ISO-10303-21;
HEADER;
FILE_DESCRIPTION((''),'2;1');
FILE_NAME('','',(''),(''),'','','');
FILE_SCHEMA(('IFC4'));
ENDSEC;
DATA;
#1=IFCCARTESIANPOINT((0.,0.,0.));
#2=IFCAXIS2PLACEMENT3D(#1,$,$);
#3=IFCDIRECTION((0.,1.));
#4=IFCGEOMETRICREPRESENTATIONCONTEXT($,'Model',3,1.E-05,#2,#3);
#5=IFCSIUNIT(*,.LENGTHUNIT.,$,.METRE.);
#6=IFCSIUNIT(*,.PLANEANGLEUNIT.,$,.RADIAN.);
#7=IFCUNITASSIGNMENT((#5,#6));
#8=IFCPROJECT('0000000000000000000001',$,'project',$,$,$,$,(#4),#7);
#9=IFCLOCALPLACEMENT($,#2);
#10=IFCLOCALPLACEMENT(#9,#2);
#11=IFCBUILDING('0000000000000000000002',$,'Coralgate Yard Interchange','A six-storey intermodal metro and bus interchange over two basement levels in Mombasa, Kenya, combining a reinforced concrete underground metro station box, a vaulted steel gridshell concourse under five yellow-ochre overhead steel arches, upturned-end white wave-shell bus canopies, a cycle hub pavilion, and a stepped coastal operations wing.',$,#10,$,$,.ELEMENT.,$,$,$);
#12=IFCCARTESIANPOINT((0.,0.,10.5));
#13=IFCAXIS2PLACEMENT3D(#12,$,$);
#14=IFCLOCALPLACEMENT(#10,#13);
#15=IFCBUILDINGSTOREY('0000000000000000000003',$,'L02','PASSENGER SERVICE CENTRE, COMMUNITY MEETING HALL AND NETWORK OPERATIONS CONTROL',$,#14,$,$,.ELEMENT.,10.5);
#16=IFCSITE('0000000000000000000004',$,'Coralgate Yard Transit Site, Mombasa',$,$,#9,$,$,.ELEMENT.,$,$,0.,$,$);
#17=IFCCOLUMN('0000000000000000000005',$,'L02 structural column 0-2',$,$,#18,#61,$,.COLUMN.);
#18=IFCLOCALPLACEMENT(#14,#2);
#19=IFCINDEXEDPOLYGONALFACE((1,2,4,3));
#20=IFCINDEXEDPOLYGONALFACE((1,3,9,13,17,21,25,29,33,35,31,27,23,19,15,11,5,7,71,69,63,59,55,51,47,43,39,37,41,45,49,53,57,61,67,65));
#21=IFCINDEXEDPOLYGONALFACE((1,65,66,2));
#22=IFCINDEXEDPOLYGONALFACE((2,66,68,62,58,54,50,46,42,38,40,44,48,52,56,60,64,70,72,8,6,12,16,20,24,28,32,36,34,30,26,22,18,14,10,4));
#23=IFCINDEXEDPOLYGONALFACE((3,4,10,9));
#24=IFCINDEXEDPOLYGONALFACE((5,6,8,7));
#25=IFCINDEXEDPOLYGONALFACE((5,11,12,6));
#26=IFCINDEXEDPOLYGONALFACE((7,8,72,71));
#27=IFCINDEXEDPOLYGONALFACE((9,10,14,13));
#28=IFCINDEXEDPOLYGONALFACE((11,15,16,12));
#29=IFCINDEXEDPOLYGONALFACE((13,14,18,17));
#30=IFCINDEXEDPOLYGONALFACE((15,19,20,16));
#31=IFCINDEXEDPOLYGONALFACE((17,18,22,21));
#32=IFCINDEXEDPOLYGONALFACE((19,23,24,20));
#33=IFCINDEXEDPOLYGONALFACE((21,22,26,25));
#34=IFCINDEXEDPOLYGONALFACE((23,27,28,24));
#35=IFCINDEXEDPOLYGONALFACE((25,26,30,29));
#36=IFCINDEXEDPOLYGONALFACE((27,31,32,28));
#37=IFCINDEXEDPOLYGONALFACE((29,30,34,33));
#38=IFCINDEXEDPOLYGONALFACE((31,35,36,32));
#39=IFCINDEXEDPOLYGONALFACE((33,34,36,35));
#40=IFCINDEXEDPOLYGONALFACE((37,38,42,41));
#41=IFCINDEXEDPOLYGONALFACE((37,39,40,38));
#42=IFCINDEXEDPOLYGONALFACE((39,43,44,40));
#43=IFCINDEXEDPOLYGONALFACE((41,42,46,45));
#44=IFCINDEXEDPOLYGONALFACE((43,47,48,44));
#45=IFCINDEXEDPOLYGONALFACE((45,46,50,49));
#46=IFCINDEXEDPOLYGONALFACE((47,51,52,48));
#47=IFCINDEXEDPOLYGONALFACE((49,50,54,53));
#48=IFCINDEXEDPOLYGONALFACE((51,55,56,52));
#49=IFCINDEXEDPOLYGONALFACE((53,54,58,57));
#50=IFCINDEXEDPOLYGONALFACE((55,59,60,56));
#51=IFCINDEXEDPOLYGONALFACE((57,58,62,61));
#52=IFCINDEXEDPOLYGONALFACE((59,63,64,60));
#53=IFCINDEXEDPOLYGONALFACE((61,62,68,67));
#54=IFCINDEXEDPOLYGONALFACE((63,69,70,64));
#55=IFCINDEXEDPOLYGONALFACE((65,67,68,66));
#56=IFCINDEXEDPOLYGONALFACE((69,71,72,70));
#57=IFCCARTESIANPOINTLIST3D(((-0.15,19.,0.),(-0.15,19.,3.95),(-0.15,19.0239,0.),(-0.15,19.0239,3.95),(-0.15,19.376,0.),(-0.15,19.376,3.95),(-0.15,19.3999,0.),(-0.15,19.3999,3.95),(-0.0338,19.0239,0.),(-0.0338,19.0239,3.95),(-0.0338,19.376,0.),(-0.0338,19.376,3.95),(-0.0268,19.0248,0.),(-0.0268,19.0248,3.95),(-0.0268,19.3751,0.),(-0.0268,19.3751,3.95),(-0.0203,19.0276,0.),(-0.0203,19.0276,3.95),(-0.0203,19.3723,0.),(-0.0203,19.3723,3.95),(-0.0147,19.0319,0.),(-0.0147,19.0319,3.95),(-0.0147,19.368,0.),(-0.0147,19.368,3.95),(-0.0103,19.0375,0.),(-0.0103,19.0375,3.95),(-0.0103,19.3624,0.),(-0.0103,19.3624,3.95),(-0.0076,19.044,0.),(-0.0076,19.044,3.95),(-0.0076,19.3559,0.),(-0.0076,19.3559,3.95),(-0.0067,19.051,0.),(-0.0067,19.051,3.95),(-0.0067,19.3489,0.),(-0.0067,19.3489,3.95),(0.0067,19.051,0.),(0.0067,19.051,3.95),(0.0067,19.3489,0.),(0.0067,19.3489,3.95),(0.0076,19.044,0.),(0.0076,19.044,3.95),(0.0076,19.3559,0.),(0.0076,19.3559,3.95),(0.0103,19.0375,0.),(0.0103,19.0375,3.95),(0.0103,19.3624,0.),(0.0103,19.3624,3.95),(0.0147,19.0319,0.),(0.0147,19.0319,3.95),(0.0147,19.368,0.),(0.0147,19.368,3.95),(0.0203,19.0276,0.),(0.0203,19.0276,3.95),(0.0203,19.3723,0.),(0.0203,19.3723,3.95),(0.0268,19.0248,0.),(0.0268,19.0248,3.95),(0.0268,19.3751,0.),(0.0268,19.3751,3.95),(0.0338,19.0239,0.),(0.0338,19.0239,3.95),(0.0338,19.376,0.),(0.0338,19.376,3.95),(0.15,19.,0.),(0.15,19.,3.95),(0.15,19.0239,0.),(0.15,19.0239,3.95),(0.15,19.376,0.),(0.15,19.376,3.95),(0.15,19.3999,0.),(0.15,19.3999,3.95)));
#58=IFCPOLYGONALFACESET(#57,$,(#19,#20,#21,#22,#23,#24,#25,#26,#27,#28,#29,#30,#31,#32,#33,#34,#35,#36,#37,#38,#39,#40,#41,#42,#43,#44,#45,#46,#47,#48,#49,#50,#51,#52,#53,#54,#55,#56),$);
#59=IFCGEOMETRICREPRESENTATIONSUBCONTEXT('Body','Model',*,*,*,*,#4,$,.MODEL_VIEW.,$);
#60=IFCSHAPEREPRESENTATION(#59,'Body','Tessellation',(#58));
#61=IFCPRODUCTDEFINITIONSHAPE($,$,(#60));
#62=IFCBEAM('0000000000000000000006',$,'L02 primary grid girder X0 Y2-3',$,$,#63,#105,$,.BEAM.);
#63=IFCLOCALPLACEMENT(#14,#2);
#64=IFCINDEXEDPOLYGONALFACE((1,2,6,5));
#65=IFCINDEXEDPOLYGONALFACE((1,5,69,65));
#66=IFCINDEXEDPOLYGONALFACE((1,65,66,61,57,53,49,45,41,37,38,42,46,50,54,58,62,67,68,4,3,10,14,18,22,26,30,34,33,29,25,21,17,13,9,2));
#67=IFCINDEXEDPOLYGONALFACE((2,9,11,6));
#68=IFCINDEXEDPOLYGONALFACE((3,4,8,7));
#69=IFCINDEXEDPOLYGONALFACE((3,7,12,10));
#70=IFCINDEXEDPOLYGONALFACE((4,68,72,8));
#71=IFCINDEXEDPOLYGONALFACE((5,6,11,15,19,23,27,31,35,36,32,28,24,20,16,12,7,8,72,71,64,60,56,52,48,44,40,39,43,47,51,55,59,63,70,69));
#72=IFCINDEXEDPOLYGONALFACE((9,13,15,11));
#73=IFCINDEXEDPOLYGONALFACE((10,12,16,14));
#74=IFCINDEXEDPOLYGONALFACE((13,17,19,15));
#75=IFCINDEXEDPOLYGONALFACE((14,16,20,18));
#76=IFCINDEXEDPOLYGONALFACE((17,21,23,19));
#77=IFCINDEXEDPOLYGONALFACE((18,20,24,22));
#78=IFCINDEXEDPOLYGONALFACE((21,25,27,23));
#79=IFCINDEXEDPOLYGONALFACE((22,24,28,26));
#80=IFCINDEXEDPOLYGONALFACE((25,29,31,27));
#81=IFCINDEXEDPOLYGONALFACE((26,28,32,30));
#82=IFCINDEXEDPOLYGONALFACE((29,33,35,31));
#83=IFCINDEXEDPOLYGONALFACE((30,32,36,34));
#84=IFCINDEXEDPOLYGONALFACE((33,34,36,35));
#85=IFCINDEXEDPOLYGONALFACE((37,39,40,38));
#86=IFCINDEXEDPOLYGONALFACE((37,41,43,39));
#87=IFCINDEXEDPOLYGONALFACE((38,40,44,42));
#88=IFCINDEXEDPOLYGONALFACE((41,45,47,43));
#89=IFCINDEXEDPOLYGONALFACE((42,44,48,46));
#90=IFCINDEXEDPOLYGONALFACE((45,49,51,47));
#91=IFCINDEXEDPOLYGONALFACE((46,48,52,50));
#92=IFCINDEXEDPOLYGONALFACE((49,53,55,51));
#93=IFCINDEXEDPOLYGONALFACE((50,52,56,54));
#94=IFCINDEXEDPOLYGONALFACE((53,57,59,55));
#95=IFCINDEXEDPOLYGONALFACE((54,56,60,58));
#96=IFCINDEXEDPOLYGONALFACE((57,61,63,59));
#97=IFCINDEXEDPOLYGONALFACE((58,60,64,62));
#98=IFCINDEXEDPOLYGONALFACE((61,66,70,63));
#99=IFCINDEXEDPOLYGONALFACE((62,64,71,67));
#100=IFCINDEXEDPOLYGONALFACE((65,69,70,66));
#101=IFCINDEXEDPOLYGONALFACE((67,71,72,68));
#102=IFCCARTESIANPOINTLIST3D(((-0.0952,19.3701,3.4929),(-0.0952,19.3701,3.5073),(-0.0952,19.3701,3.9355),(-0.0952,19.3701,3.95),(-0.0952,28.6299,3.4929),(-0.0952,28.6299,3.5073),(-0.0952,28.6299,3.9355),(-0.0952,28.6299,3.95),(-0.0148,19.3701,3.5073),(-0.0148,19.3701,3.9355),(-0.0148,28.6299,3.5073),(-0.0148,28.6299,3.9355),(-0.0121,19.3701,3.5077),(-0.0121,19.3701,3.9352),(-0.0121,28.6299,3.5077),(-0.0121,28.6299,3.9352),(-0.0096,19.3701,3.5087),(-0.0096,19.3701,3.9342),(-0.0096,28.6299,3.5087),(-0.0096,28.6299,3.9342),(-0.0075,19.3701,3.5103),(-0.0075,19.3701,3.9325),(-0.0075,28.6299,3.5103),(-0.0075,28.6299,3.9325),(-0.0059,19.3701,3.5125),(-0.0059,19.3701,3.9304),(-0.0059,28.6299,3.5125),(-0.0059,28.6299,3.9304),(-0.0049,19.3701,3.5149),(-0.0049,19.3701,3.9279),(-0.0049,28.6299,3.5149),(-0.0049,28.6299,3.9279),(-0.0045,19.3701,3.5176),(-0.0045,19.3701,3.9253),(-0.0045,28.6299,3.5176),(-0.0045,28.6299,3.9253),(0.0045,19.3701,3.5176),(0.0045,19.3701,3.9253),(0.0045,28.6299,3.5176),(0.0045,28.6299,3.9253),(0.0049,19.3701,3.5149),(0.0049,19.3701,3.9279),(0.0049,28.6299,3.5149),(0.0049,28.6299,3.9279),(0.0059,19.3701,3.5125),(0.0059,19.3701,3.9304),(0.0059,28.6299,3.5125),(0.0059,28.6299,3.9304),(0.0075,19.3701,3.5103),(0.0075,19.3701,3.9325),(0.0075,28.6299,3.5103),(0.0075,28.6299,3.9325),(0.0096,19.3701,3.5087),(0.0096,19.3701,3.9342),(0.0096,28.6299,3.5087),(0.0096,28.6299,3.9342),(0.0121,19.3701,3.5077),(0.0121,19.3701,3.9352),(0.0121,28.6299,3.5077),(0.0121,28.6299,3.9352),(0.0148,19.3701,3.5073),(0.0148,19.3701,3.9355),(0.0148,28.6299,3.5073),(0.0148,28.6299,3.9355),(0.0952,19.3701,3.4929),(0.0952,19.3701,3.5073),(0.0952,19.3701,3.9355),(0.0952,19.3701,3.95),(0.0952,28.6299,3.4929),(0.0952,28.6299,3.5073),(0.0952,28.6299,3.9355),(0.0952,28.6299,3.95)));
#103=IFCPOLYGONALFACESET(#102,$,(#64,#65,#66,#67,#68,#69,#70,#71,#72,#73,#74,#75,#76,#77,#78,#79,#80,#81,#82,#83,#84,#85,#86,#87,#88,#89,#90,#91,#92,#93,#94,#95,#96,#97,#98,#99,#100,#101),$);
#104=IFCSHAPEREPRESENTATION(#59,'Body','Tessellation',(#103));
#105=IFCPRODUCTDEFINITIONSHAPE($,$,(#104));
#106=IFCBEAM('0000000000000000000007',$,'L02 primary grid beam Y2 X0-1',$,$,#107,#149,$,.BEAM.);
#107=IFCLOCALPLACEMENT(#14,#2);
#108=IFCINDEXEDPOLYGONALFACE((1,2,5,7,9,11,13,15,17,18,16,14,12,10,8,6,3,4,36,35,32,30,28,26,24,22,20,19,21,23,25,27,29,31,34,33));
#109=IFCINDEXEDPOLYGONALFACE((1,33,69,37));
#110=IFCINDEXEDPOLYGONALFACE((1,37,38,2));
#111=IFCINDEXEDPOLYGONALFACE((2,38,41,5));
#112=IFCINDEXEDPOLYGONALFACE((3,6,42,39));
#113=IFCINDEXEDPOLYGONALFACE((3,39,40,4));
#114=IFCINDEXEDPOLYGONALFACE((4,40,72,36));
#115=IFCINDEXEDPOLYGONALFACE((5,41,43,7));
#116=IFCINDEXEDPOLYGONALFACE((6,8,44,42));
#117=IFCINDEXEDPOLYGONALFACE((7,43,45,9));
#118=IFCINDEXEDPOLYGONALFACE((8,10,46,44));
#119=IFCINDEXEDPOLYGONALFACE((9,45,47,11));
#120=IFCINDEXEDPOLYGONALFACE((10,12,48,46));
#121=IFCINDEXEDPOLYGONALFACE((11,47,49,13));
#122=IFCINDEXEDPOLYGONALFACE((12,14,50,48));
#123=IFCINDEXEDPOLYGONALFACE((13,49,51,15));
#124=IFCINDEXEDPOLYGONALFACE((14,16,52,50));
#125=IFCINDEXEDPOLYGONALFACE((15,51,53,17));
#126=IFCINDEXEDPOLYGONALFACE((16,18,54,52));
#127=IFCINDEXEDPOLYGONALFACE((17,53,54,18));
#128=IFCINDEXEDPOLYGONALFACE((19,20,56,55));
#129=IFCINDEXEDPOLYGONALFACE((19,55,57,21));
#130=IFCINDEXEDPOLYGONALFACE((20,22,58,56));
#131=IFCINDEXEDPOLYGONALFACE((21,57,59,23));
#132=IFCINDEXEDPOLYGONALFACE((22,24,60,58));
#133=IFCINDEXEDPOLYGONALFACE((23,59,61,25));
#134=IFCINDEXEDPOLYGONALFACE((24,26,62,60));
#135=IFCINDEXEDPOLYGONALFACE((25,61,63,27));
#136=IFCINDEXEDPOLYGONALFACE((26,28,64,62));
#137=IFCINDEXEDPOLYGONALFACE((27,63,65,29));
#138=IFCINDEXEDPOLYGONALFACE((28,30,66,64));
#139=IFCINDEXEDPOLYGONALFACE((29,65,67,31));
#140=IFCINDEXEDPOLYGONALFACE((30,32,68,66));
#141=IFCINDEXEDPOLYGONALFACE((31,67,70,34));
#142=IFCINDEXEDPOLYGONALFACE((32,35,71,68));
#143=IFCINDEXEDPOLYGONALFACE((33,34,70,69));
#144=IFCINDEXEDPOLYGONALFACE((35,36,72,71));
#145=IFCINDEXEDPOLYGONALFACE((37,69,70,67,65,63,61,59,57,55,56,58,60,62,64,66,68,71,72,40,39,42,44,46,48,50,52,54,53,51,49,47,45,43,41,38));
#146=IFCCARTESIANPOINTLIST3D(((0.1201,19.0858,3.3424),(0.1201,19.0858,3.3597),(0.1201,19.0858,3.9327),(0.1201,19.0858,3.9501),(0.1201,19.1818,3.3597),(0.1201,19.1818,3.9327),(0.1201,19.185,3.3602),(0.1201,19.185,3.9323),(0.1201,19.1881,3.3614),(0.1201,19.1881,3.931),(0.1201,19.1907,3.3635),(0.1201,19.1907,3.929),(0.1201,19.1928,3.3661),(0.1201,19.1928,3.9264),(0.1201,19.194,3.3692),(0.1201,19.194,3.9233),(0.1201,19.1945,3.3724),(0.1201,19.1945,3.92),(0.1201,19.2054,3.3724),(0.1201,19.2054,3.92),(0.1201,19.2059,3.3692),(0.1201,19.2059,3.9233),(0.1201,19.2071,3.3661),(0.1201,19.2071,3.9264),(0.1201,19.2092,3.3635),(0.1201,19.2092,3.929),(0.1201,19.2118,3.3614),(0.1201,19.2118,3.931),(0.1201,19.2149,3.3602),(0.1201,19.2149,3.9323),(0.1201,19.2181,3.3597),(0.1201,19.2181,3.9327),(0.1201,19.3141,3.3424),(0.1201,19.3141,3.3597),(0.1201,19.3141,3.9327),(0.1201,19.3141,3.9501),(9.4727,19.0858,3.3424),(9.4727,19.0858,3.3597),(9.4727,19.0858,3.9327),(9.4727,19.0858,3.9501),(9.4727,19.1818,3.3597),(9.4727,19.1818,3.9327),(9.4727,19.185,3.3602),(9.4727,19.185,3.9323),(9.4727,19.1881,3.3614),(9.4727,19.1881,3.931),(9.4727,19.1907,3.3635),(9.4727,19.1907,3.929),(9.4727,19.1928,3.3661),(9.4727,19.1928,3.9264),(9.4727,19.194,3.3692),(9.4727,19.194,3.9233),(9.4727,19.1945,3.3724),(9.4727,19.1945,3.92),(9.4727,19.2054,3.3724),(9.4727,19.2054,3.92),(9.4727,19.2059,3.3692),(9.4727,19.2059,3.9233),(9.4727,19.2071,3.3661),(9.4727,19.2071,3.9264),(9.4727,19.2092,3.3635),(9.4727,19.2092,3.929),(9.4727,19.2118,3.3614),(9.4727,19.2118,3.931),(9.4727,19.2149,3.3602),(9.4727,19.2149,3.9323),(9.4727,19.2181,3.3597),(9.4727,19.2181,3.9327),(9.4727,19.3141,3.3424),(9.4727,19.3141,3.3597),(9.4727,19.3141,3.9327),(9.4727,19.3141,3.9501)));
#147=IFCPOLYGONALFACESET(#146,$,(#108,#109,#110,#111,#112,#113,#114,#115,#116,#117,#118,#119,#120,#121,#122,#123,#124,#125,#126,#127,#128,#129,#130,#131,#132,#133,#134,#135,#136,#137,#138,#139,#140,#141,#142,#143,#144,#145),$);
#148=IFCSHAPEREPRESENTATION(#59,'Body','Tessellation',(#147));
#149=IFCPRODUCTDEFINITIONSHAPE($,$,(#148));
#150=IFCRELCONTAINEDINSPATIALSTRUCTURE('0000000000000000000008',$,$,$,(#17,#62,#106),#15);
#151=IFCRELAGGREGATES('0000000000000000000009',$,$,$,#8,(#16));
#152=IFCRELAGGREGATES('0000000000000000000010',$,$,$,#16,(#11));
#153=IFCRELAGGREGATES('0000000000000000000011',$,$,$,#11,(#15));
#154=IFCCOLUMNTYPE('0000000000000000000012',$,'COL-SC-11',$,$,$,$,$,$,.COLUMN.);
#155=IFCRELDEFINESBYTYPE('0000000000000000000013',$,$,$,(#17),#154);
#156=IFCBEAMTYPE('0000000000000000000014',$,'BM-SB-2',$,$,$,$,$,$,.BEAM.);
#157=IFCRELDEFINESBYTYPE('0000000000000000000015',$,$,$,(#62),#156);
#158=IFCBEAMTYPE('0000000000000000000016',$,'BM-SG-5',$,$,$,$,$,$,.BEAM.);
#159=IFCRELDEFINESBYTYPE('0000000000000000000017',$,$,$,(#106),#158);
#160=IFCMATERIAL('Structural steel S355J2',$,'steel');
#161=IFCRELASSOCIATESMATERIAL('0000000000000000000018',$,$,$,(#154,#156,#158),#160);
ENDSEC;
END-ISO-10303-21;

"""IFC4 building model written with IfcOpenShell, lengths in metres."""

from ifc_helpers import new_model, si_unit, direction, frame, origin, origin_2d, place, context, subcontext, project, spatial, i_section, extrude, material, material_profile, profile_set, type_object, element, save


model = new_model("IFC4")

# Units and contexts
model_context = context("Model", 3, precision=1e-05, world=origin(), true_north=direction((0.0, 1.0)))
body_context = subcontext(model_context, "Body", "Model", "MODEL_VIEW")
ifc_project = project(units=[si_unit("LENGTHUNIT", "METRE"), si_unit("PLANEANGLEUNIT", "RADIAN")], contexts=[model_context])

# Site, building, storey
site_placement = place(None, origin())
site = spatial("IfcSite", under=ifc_project, at=site_placement, Name="Coralgate Yard Transit Site, Mombasa", CompositionType="ELEMENT", RefElevation=0.0)
building_placement = place(site_placement, origin())
building = spatial("IfcBuilding", under=site, at=building_placement, Name="Coralgate Yard Interchange", Description="A six-storey intermodal metro and bus interchange over two basement levels in Mombasa, Kenya, combining a reinforced concrete underground metro station box, a vaulted steel gridshell concourse under five yellow-ochre overhead steel arches, upturned-end white wave-shell bus canopies, a cycle hub pavilion, and a stepped coastal operations wing.", CompositionType="ELEMENT")
storey_placement = place(building_placement, frame((0.0, 0.0, 10.5)))
storey = spatial("IfcBuildingStorey", under=building, at=storey_placement, Name="L02", Description="PASSENGER SERVICE CENTRE, COMMUNITY MEETING HALL AND NETWORK OPERATIONS CONTROL", CompositionType="ELEMENT", Elevation=10.5)

# Column
ifc_material_1 = material(Name="Structural steel S355J2", Category="steel")
ifc_material_profile_1 = material_profile(ifc_material_1, i_section(OverallWidth=0.3, OverallDepth=0.3999, WebThickness=0.0134, FlangeThickness=0.0239, FilletRadius=0.0271, at=origin_2d()), Name="HEB 400")
ifc_profile_set_1 = profile_set([ifc_material_profile_1], Name="Structural steel S355J2")
column_type = type_object("IfcColumnType", Name="COL-SC-11", PredefinedType="COLUMN", material=ifc_profile_set_1)
column_placement = place(storey_placement, frame((0.0, 19.2, 0.0), z_axis=(0.0, 0.0, 1.0), x_axis=(1.0, 0.0, 0.0)))
element("IfcColumn", 1, at=column_placement, inside=storey, type_object=column_type, Name="L02 structural column 0-2", PredefinedType="COLUMN", context=body_context, shape_type="SweptSolid", body=[
    extrude(i_section(OverallWidth=0.3, OverallDepth=0.3999, WebThickness=0.0134, FlangeThickness=0.0239, FilletRadius=0.0271, at=origin_2d()), origin(), (0.0, 0.0, 1.0), 3.95),
])

# Beams
ifc_material_profile_2 = material_profile(ifc_material_1, i_section(OverallWidth=0.1904, OverallDepth=0.457, WebThickness=0.009, FlangeThickness=0.0144, FilletRadius=0.0103, at=origin_2d()), Name="UB 457x191x74")
ifc_profile_set_2 = profile_set([ifc_material_profile_2], Name="Structural steel S355J2")
beam_type_1 = type_object("IfcBeamType", Name="BM-SB-2", PredefinedType="BEAM", material=ifc_profile_set_2)
beam_1_placement = place(storey_placement, frame((0.0, 19.3701, 3.7214), z_axis=(0.0, 1.0, 0.0), x_axis=(-1.0, 0.0, 0.0)))
element("IfcBeam", 2, at=beam_1_placement, inside=storey, type_object=beam_type_1, Name="L02 primary grid girder X0 Y2-3", PredefinedType="BEAM", context=body_context, shape_type="SweptSolid", body=[
    extrude(i_section(OverallWidth=0.1904, OverallDepth=0.457, WebThickness=0.009, FlangeThickness=0.0144, FilletRadius=0.0103, at=origin_2d()), origin(), (0.0, 0.0, 1.0), 9.2598),
])
ifc_material_profile_3 = material_profile(ifc_material_1, i_section(OverallWidth=0.2283, OverallDepth=0.6077, WebThickness=0.011, FlangeThickness=0.0173, FilletRadius=0.0127, at=origin_2d()), Name="UB 610x229x113")
ifc_profile_set_3 = profile_set([ifc_material_profile_3], Name="Structural steel S355J2")
beam_type_2 = type_object("IfcBeamType", Name="BM-SG-5", PredefinedType="BEAM", material=ifc_profile_set_3)
beam_2_placement = place(storey_placement, frame((0.1201, 19.2, 3.6462), z_axis=(1.0, 0.0, 0.0), x_axis=(0.0, 1.0, 0.0)))
element("IfcBeam", 3, at=beam_2_placement, inside=storey, type_object=beam_type_2, Name="L02 primary grid beam Y2 X0-1", PredefinedType="BEAM", context=body_context, shape_type="SweptSolid", body=[
    extrude(i_section(OverallWidth=0.2283, OverallDepth=0.6077, WebThickness=0.011, FlangeThickness=0.0173, FilletRadius=0.0127, at=origin_2d()), origin(), (0.0, 0.0, 1.0), 9.3525),
])

save(model, "model.ifc")
